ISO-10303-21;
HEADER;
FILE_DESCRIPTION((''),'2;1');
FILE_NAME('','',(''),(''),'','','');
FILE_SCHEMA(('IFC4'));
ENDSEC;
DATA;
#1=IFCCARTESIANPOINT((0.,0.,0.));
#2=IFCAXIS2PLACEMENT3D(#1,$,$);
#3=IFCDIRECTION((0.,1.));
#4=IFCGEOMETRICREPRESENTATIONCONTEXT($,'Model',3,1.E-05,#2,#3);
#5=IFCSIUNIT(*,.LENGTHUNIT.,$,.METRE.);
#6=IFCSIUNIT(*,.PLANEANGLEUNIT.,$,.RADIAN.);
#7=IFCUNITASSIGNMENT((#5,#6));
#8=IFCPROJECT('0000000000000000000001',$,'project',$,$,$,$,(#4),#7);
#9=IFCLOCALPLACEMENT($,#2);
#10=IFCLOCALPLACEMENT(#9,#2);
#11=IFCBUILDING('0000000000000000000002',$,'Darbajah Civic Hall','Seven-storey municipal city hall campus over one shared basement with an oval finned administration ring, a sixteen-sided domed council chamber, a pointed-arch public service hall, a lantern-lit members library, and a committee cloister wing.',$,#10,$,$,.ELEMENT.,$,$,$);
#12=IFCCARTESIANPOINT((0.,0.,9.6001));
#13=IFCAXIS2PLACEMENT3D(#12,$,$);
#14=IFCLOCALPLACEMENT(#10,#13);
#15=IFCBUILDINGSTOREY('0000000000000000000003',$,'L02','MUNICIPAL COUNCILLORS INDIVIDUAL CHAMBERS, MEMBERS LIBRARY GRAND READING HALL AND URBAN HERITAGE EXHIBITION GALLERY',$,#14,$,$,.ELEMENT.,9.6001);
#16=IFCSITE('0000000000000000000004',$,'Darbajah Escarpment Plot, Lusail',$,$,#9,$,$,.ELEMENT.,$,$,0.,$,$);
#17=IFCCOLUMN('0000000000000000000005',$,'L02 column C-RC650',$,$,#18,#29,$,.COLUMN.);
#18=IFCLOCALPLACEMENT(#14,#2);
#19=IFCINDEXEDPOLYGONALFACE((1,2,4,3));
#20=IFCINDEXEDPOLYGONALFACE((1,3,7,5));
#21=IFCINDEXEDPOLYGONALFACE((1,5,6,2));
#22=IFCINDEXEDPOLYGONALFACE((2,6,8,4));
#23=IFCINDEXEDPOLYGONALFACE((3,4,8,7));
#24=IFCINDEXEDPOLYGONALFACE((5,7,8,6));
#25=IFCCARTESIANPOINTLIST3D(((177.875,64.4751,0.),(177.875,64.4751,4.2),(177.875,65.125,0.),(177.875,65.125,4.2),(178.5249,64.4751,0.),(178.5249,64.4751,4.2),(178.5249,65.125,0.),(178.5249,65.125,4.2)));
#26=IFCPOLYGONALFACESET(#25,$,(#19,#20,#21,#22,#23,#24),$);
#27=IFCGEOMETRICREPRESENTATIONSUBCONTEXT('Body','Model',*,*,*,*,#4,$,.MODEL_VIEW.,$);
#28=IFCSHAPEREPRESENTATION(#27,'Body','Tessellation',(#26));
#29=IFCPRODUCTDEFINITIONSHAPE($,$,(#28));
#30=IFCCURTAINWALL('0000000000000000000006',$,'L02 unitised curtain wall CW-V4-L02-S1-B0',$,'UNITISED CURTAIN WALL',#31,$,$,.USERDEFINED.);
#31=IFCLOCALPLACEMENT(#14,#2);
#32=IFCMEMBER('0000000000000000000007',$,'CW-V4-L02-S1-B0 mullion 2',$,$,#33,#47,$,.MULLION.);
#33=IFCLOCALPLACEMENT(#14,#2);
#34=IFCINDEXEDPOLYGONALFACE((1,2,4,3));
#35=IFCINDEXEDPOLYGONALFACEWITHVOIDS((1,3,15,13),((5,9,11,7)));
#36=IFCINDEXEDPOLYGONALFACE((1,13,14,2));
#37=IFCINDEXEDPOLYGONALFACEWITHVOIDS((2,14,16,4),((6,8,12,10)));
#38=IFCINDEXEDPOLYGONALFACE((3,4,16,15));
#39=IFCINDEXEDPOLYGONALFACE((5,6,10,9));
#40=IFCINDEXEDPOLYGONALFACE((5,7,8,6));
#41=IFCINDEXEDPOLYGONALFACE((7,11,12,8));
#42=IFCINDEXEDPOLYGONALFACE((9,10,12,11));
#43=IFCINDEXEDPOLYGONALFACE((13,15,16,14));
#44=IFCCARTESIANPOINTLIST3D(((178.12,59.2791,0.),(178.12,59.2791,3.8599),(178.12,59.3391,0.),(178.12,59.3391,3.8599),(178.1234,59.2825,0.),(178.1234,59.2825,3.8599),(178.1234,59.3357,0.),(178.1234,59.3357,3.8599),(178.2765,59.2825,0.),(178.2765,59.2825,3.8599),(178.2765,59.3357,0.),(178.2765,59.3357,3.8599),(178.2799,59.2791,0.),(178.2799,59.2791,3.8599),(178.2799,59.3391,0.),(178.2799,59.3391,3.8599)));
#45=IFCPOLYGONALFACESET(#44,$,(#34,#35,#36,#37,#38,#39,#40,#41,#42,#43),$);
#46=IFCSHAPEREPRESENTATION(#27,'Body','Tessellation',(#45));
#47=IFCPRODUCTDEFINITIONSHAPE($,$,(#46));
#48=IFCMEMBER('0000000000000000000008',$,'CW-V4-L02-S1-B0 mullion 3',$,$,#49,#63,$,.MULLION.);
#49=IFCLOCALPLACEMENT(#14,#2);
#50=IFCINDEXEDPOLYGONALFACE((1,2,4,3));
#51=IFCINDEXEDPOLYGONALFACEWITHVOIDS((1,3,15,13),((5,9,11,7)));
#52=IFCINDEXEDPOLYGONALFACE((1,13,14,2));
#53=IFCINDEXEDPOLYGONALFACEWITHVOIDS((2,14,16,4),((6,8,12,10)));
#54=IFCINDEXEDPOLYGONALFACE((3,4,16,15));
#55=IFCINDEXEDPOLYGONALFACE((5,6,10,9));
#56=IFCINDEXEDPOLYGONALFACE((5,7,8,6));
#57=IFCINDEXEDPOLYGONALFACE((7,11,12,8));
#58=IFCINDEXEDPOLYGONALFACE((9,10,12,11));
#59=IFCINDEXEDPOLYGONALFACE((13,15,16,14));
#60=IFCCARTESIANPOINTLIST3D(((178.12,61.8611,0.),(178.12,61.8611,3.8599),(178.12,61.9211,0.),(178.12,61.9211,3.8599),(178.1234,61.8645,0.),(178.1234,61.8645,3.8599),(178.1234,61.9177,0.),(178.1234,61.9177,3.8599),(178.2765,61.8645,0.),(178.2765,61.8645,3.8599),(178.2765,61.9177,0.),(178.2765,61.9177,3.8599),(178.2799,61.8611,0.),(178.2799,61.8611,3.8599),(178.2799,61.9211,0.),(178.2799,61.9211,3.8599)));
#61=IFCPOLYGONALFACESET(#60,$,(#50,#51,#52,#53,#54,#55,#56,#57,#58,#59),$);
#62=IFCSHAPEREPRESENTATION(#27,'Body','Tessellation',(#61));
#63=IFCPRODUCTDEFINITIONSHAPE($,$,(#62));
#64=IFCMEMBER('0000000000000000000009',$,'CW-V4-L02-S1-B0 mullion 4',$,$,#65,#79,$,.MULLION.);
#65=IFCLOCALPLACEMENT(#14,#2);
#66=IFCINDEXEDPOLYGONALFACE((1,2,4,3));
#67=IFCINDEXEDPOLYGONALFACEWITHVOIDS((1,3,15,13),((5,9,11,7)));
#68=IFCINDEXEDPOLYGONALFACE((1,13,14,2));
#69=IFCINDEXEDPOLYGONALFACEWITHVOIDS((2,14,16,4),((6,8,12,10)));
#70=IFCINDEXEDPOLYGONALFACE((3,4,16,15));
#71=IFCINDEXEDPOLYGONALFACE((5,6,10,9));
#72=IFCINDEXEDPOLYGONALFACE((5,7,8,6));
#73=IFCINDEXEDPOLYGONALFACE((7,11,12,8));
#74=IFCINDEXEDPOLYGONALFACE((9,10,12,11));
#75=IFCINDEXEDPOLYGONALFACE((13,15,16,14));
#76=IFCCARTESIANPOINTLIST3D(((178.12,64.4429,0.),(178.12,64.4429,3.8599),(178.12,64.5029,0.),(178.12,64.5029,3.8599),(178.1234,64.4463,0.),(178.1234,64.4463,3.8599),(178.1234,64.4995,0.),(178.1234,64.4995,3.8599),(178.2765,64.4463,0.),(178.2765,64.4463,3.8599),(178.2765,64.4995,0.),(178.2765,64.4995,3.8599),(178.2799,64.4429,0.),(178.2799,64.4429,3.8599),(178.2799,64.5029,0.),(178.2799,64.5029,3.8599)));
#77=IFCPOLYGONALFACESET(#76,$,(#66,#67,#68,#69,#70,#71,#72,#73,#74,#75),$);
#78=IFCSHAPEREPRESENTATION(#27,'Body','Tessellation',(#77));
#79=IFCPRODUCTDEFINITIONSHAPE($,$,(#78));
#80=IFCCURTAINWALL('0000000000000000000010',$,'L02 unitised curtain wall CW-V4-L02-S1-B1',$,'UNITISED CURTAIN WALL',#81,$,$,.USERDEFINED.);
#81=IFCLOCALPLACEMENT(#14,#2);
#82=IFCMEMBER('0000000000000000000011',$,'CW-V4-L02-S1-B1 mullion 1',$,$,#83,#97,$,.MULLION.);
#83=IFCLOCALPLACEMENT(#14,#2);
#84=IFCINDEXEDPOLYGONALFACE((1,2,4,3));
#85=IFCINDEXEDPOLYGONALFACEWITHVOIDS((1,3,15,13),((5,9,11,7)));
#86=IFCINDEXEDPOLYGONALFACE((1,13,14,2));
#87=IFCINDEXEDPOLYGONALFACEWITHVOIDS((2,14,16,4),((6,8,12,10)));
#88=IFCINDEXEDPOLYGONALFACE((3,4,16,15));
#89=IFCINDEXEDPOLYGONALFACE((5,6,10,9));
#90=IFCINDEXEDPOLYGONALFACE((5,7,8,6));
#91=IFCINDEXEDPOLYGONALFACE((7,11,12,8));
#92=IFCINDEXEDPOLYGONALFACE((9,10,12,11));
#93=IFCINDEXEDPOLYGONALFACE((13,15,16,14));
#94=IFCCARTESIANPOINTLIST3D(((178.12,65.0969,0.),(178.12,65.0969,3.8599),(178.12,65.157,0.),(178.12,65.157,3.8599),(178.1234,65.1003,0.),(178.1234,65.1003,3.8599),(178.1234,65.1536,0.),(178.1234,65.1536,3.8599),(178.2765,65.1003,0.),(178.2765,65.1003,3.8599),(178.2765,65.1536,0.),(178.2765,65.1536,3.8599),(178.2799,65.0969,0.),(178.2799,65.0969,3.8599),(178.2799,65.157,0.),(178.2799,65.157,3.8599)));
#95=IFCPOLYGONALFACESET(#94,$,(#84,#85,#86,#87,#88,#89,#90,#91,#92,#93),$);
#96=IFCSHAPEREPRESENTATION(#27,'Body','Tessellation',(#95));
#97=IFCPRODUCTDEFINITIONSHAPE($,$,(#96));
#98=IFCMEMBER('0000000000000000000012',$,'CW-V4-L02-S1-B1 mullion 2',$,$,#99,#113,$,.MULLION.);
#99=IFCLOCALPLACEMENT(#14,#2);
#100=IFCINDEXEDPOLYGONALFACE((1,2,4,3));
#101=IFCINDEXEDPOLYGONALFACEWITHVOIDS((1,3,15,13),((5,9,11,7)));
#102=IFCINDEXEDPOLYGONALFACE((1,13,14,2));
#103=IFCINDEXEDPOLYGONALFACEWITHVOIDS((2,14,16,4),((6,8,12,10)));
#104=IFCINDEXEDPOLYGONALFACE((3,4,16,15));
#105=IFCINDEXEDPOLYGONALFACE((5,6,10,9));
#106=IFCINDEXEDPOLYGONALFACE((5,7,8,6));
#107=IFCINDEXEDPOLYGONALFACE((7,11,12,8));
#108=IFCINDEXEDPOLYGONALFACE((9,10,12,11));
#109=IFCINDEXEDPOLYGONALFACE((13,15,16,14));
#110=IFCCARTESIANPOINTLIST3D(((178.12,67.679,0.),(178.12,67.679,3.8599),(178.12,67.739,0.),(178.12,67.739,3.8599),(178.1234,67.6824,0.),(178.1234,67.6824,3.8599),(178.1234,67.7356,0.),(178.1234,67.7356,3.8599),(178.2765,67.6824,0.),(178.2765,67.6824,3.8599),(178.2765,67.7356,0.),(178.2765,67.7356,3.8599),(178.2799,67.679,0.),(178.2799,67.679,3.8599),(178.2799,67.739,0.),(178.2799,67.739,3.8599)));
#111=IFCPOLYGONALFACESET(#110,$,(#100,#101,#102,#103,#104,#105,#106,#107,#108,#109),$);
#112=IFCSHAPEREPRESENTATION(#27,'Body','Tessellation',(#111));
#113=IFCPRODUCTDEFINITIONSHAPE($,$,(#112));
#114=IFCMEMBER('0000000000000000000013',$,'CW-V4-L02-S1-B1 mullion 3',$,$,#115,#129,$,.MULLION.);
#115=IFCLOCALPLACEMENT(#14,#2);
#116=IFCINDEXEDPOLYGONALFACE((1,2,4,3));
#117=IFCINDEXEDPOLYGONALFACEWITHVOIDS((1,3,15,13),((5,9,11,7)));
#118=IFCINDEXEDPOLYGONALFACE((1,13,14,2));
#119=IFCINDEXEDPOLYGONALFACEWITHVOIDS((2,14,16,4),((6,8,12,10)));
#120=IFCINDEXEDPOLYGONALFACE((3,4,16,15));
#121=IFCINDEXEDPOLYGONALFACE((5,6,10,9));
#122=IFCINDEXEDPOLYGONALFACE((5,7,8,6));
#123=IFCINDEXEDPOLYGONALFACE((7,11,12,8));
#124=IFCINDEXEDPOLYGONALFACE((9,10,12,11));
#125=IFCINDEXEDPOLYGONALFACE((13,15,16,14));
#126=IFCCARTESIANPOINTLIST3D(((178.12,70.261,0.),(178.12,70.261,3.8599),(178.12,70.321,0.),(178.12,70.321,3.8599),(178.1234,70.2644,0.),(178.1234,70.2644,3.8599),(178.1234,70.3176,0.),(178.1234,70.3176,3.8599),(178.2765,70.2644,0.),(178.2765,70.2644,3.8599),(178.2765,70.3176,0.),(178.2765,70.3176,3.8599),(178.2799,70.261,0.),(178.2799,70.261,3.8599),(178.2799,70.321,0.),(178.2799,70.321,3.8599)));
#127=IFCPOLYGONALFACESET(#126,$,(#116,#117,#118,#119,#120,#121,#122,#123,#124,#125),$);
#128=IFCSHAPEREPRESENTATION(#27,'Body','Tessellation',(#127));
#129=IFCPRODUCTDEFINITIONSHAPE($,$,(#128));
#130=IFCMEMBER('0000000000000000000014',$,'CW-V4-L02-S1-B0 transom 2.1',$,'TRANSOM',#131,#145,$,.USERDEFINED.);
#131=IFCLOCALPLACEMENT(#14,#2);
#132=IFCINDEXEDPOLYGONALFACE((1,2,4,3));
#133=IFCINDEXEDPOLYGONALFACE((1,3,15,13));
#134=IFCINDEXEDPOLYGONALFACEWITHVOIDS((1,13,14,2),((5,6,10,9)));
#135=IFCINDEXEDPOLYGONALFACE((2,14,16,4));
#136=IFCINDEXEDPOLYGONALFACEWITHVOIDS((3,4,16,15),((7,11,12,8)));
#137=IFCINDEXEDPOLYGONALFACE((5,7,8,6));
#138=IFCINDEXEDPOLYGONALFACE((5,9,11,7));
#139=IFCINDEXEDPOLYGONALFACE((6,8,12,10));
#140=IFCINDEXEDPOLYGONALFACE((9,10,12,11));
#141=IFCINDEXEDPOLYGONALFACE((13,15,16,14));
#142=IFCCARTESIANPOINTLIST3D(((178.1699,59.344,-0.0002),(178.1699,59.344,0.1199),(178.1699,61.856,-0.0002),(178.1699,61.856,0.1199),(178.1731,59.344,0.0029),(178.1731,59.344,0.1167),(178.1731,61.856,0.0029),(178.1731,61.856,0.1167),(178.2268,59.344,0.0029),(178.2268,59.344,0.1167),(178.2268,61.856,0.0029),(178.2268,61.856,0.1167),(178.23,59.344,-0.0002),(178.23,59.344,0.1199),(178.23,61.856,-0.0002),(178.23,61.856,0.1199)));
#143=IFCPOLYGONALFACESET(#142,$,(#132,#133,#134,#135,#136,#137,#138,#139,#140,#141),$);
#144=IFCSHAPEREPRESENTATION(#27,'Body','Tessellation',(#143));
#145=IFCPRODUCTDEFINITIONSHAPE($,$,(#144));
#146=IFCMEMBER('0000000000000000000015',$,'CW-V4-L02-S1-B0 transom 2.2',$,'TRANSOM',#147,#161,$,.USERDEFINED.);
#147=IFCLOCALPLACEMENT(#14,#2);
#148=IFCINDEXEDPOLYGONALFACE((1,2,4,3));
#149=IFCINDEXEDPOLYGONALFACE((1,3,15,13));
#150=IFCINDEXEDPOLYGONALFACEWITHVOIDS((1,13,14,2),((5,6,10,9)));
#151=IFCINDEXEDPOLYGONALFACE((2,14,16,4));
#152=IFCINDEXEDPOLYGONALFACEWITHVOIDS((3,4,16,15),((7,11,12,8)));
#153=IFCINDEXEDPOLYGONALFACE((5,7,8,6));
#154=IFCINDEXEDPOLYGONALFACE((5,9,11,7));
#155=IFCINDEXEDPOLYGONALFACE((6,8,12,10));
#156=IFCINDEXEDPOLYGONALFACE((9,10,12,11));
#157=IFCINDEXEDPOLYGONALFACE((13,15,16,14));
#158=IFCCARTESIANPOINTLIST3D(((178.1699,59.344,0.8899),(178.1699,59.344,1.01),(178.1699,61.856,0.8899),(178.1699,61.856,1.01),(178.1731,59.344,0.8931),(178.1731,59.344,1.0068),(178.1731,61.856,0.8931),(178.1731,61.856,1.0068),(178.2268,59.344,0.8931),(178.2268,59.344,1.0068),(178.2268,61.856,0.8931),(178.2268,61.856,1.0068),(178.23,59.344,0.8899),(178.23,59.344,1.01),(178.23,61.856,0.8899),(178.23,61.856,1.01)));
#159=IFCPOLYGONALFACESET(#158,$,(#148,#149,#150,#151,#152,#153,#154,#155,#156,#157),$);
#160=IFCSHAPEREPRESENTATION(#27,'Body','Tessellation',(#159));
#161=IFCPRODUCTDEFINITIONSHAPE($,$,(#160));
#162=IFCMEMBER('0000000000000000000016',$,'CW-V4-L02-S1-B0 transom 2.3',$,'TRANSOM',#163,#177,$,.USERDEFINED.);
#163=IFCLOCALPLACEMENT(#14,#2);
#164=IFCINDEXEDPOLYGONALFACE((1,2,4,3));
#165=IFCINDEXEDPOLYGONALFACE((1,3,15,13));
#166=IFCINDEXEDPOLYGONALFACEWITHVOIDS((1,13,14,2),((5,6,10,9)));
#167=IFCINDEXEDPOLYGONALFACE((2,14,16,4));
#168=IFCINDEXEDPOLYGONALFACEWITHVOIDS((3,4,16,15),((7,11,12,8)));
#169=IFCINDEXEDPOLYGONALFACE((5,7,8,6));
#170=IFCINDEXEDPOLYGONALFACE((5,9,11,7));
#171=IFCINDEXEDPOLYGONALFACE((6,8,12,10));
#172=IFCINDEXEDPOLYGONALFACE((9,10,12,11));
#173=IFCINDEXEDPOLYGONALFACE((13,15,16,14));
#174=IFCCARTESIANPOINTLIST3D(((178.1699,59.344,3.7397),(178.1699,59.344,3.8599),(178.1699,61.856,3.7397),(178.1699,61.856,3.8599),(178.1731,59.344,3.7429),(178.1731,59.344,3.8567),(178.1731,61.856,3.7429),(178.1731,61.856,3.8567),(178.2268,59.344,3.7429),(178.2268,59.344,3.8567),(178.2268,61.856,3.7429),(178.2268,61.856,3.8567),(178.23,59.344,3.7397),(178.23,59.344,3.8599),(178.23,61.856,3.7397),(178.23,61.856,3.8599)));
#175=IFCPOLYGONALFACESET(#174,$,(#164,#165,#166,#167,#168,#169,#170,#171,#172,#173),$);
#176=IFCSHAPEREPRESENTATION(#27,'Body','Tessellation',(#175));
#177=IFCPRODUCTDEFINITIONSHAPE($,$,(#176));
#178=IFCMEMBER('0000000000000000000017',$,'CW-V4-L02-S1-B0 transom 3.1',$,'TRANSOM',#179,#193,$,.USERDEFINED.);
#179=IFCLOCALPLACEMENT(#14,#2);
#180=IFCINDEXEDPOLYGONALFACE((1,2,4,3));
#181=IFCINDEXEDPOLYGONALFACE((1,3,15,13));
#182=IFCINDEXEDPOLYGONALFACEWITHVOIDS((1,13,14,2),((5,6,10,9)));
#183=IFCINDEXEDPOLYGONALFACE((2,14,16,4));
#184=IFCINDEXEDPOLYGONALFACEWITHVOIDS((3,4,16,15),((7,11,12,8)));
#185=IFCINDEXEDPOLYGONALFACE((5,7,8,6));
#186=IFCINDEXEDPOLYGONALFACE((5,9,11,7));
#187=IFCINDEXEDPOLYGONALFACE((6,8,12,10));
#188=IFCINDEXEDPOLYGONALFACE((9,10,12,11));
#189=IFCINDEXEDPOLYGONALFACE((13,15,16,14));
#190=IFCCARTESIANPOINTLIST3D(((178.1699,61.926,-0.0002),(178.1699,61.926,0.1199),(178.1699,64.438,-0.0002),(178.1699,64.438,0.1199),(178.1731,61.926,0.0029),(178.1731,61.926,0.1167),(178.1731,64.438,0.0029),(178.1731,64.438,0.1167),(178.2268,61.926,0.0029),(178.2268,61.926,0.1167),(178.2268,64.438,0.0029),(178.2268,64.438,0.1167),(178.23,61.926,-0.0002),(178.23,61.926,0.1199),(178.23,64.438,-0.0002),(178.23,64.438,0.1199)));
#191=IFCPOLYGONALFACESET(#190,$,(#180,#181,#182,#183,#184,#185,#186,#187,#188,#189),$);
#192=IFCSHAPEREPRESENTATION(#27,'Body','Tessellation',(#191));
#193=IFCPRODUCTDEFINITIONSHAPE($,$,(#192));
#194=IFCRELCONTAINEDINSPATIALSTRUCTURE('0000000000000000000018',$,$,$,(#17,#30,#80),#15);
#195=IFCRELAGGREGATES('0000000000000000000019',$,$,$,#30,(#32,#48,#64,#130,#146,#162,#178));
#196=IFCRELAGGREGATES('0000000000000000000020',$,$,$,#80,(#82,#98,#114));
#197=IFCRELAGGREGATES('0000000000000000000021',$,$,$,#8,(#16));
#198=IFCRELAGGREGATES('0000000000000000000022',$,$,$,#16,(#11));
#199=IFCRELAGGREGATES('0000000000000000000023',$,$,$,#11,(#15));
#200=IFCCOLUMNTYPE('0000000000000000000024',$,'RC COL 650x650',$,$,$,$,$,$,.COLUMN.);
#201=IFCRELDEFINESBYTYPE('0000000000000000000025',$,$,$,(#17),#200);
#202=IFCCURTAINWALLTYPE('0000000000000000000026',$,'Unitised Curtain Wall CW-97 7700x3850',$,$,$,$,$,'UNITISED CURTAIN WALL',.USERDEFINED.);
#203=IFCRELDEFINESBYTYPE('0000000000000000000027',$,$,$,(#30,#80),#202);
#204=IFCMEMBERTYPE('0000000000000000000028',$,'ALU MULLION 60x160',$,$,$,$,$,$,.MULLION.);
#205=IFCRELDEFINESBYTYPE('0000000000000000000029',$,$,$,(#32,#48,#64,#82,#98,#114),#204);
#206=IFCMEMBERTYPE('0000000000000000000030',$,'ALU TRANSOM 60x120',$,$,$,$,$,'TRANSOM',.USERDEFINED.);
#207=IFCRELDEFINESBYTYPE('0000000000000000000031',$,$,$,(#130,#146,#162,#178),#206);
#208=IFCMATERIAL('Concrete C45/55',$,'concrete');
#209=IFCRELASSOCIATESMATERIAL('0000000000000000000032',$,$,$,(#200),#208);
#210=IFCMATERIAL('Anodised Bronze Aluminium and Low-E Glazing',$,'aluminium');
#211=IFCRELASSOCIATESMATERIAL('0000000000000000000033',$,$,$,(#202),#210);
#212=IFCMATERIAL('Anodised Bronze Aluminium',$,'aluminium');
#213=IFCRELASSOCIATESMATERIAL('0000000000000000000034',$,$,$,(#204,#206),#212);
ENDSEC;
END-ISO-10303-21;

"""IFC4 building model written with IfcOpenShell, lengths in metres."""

from ifc_helpers import new_model, si_unit, direction, frame, origin, origin_2d, place, context, subcontext, project, spatial, rectangle, hollow_rectangle, extrude, material, material_profile, profile_set, type_object, element, aggregate, save


model = new_model("IFC4")

# Units and contexts
model_context = context("Model", 3, precision=1e-05, world=origin(), true_north=direction((0.0, 1.0)))
body_context = subcontext(model_context, "Body", "Model", "MODEL_VIEW")
ifc_project = project(units=[si_unit("LENGTHUNIT", "METRE"), si_unit("PLANEANGLEUNIT", "RADIAN")], contexts=[model_context])

# Site, building, storey
site_placement = place(None, origin())
site = spatial("IfcSite", under=ifc_project, at=site_placement, Name="Darbajah Escarpment Plot, Lusail", CompositionType="ELEMENT", RefElevation=0.0)
building_placement = place(site_placement, origin())
building = spatial("IfcBuilding", under=site, at=building_placement, Name="Darbajah Civic Hall", Description="Seven-storey municipal city hall campus over one shared basement with an oval finned administration ring, a sixteen-sided domed council chamber, a pointed-arch public service hall, a lantern-lit members library, and a committee cloister wing.", CompositionType="ELEMENT")
storey_placement = place(building_placement, frame((0.0, 0.0, 9.6001)))
storey = spatial("IfcBuildingStorey", under=building, at=storey_placement, Name="L02", Description="MUNICIPAL COUNCILLORS INDIVIDUAL CHAMBERS, MEMBERS LIBRARY GRAND READING HALL AND URBAN HERITAGE EXHIBITION GALLERY", CompositionType="ELEMENT", Elevation=9.6001)

# Column
ifc_material_1 = material(Name="Concrete C45/55", Category="concrete")
ifc_material_profile_1 = material_profile(ifc_material_1, rectangle(XDim=0.6499, YDim=0.6499, at=origin_2d()), Name="RC COL 650x650")
ifc_profile_set_1 = profile_set([ifc_material_profile_1], Name="Concrete C45/55")
column_type = type_object("IfcColumnType", Name="RC COL 650x650", PredefinedType="COLUMN", material=ifc_profile_set_1)
column_placement = place(storey_placement, frame((178.2, 64.8, 0.0), z_axis=(0.0, 0.0, 1.0), x_axis=(1.0, 0.0, 0.0)))
element("IfcColumn", 1, at=column_placement, inside=storey, type_object=column_type, Name="L02 column C-RC650", PredefinedType="COLUMN", context=body_context, shape_type="SweptSolid", body=[
    extrude(rectangle(XDim=0.6499, YDim=0.6499, at=origin_2d()), origin(), (0.0, 0.0, 1.0), 4.2),
])

# Curtain walls, members
ifc_material_2 = material(Name="Anodised Bronze Aluminium and Low-E Glazing", Category="aluminium")
curtain_wall_type = type_object("IfcCurtainWallType", Name="Unitised Curtain Wall CW-97 7700x3850", ElementType="UNITISED CURTAIN WALL", PredefinedType="USERDEFINED", material=ifc_material_2)
curtain_wall_1_placement = place(storey_placement, origin())
curtain_wall_1 = element("IfcCurtainWall", 2, at=curtain_wall_1_placement, inside=storey, type_object=curtain_wall_type, Name="L02 unitised curtain wall CW-V4-L02-S1-B0", ObjectType="UNITISED CURTAIN WALL", PredefinedType="USERDEFINED")
ifc_material_3 = material(Name="Anodised Bronze Aluminium", Category="aluminium")
ifc_material_profile_2 = material_profile(ifc_material_3, hollow_rectangle(XDim=0.0601, YDim=0.1599, WallThickness=0.0034, at=origin_2d()), Name="ALU MULLION 60x160")
ifc_profile_set_2 = profile_set([ifc_material_profile_2], Name="Anodised Bronze Aluminium")
member_type_1 = type_object("IfcMemberType", Name="ALU MULLION 60x160", PredefinedType="MULLION", material=ifc_profile_set_2)
member_1_placement = place(storey_placement, frame((178.2, 59.3091, 0.0), z_axis=(0.0, 0.0, 1.0), x_axis=(0.0, 1.0, 0.0)))
member_1 = element("IfcMember", 3, at=member_1_placement, type_object=member_type_1, Name="CW-V4-L02-S1-B0 mullion 2", PredefinedType="MULLION", context=body_context, shape_type="SweptSolid", body=[
    extrude(hollow_rectangle(XDim=0.0601, YDim=0.1599, WallThickness=0.0034, at=origin_2d()), origin(), (0.0, 0.0, 1.0), 3.8599),
])
member_2_placement = place(storey_placement, frame((178.2, 61.8911, 0.0), z_axis=(0.0, 0.0, 1.0), x_axis=(0.0, 1.0, 0.0)))
member_2 = element("IfcMember", 4, at=member_2_placement, type_object=member_type_1, Name="CW-V4-L02-S1-B0 mullion 3", PredefinedType="MULLION", context=body_context, shape_type="SweptSolid", body=[
    extrude(hollow_rectangle(XDim=0.0601, YDim=0.1599, WallThickness=0.0034, at=origin_2d()), origin(), (0.0, 0.0, 1.0), 3.8599),
])
member_3_placement = place(storey_placement, frame((178.2, 64.4729, 0.0), z_axis=(0.0, 0.0, 1.0), x_axis=(0.0, 1.0, 0.0)))
member_3 = element("IfcMember", 5, at=member_3_placement, type_object=member_type_1, Name="CW-V4-L02-S1-B0 mullion 4", PredefinedType="MULLION", context=body_context, shape_type="SweptSolid", body=[
    extrude(hollow_rectangle(XDim=0.0601, YDim=0.1599, WallThickness=0.0034, at=origin_2d()), origin(), (0.0, 0.0, 1.0), 3.8599),
])
curtain_wall_2_placement = place(storey_placement, origin())
curtain_wall_2 = element("IfcCurtainWall", 6, at=curtain_wall_2_placement, inside=storey, type_object=curtain_wall_type, Name="L02 unitised curtain wall CW-V4-L02-S1-B1", ObjectType="UNITISED CURTAIN WALL", PredefinedType="USERDEFINED")
member_4_placement = place(storey_placement, frame((178.2, 65.127, 0.0), z_axis=(0.0, 0.0, 1.0), x_axis=(0.0, 1.0, 0.0)))
member_4 = element("IfcMember", 7, at=member_4_placement, type_object=member_type_1, Name="CW-V4-L02-S1-B1 mullion 1", PredefinedType="MULLION", context=body_context, shape_type="SweptSolid", body=[
    extrude(hollow_rectangle(XDim=0.0601, YDim=0.1599, WallThickness=0.0034, at=origin_2d()), origin(), (0.0, 0.0, 1.0), 3.8599),
])
member_5_placement = place(storey_placement, frame((178.2, 67.709, 0.0), z_axis=(0.0, 0.0, 1.0), x_axis=(0.0, 1.0, 0.0)))
member_5 = element("IfcMember", 8, at=member_5_placement, type_object=member_type_1, Name="CW-V4-L02-S1-B1 mullion 2", PredefinedType="MULLION", context=body_context, shape_type="SweptSolid", body=[
    extrude(hollow_rectangle(XDim=0.0601, YDim=0.1599, WallThickness=0.0034, at=origin_2d()), origin(), (0.0, 0.0, 1.0), 3.8599),
])
member_6_placement = place(storey_placement, frame((178.2, 70.291, 0.0), z_axis=(0.0, 0.0, 1.0), x_axis=(0.0, 1.0, 0.0)))
member_6 = element("IfcMember", 9, at=member_6_placement, type_object=member_type_1, Name="CW-V4-L02-S1-B1 mullion 3", PredefinedType="MULLION", context=body_context, shape_type="SweptSolid", body=[
    extrude(hollow_rectangle(XDim=0.0601, YDim=0.1599, WallThickness=0.0034, at=origin_2d()), origin(), (0.0, 0.0, 1.0), 3.8599),
])

# Members
ifc_material_profile_3 = material_profile(ifc_material_3, hollow_rectangle(XDim=0.0601, YDim=0.1201, WallThickness=0.0032, at=origin_2d()), Name="ALU TRANSOM 60x120")
ifc_profile_set_3 = profile_set([ifc_material_profile_3], Name="Anodised Bronze Aluminium")
member_type_2 = type_object("IfcMemberType", Name="ALU TRANSOM 60x120", ElementType="TRANSOM", PredefinedType="USERDEFINED", material=ifc_profile_set_3)
member_7_placement = place(storey_placement, frame((178.2, 59.344, 0.0598), z_axis=(0.0, 1.0, 0.0), x_axis=(-1.0, 0.0, 0.0)))
member_7 = element("IfcMember", 10, at=member_7_placement, type_object=member_type_2, Name="CW-V4-L02-S1-B0 transom 2.1", ObjectType="TRANSOM", PredefinedType="USERDEFINED", context=body_context, shape_type="SweptSolid", body=[
    extrude(hollow_rectangle(XDim=0.0601, YDim=0.1201, WallThickness=0.0032, at=origin_2d()), origin(), (0.0, 0.0, 1.0), 2.512),
])
member_8_placement = place(storey_placement, frame((178.2, 59.344, 0.95), z_axis=(0.0, 1.0, 0.0), x_axis=(-1.0, 0.0, 0.0)))
member_8 = element("IfcMember", 11, at=member_8_placement, type_object=member_type_2, Name="CW-V4-L02-S1-B0 transom 2.2", ObjectType="TRANSOM", PredefinedType="USERDEFINED", context=body_context, shape_type="SweptSolid", body=[
    extrude(hollow_rectangle(XDim=0.0601, YDim=0.1201, WallThickness=0.0032, at=origin_2d()), origin(), (0.0, 0.0, 1.0), 2.512),
])
member_9_placement = place(storey_placement, frame((178.2, 59.344, 3.7998), z_axis=(0.0, 1.0, 0.0), x_axis=(-1.0, 0.0, 0.0)))
member_9 = element("IfcMember", 12, at=member_9_placement, type_object=member_type_2, Name="CW-V4-L02-S1-B0 transom 2.3", ObjectType="TRANSOM", PredefinedType="USERDEFINED", context=body_context, shape_type="SweptSolid", body=[
    extrude(hollow_rectangle(XDim=0.0601, YDim=0.1201, WallThickness=0.0032, at=origin_2d()), origin(), (0.0, 0.0, 1.0), 2.512),
])
member_10_placement = place(storey_placement, frame((178.2, 61.926, 0.0598), z_axis=(0.0, 1.0, 0.0), x_axis=(-1.0, 0.0, 0.0)))
member_10 = element("IfcMember", 13, at=member_10_placement, type_object=member_type_2, Name="CW-V4-L02-S1-B0 transom 3.1", ObjectType="TRANSOM", PredefinedType="USERDEFINED", context=body_context, shape_type="SweptSolid", body=[
    extrude(hollow_rectangle(XDim=0.0601, YDim=0.1201, WallThickness=0.0032, at=origin_2d()), origin(), (0.0, 0.0, 1.0), 2.512),
])

aggregate(curtain_wall_1, [member_1, member_2, member_3, member_7, member_8, member_9, member_10])
aggregate(curtain_wall_2, [member_4, member_5, member_6])

save(model, "model.ifc")
